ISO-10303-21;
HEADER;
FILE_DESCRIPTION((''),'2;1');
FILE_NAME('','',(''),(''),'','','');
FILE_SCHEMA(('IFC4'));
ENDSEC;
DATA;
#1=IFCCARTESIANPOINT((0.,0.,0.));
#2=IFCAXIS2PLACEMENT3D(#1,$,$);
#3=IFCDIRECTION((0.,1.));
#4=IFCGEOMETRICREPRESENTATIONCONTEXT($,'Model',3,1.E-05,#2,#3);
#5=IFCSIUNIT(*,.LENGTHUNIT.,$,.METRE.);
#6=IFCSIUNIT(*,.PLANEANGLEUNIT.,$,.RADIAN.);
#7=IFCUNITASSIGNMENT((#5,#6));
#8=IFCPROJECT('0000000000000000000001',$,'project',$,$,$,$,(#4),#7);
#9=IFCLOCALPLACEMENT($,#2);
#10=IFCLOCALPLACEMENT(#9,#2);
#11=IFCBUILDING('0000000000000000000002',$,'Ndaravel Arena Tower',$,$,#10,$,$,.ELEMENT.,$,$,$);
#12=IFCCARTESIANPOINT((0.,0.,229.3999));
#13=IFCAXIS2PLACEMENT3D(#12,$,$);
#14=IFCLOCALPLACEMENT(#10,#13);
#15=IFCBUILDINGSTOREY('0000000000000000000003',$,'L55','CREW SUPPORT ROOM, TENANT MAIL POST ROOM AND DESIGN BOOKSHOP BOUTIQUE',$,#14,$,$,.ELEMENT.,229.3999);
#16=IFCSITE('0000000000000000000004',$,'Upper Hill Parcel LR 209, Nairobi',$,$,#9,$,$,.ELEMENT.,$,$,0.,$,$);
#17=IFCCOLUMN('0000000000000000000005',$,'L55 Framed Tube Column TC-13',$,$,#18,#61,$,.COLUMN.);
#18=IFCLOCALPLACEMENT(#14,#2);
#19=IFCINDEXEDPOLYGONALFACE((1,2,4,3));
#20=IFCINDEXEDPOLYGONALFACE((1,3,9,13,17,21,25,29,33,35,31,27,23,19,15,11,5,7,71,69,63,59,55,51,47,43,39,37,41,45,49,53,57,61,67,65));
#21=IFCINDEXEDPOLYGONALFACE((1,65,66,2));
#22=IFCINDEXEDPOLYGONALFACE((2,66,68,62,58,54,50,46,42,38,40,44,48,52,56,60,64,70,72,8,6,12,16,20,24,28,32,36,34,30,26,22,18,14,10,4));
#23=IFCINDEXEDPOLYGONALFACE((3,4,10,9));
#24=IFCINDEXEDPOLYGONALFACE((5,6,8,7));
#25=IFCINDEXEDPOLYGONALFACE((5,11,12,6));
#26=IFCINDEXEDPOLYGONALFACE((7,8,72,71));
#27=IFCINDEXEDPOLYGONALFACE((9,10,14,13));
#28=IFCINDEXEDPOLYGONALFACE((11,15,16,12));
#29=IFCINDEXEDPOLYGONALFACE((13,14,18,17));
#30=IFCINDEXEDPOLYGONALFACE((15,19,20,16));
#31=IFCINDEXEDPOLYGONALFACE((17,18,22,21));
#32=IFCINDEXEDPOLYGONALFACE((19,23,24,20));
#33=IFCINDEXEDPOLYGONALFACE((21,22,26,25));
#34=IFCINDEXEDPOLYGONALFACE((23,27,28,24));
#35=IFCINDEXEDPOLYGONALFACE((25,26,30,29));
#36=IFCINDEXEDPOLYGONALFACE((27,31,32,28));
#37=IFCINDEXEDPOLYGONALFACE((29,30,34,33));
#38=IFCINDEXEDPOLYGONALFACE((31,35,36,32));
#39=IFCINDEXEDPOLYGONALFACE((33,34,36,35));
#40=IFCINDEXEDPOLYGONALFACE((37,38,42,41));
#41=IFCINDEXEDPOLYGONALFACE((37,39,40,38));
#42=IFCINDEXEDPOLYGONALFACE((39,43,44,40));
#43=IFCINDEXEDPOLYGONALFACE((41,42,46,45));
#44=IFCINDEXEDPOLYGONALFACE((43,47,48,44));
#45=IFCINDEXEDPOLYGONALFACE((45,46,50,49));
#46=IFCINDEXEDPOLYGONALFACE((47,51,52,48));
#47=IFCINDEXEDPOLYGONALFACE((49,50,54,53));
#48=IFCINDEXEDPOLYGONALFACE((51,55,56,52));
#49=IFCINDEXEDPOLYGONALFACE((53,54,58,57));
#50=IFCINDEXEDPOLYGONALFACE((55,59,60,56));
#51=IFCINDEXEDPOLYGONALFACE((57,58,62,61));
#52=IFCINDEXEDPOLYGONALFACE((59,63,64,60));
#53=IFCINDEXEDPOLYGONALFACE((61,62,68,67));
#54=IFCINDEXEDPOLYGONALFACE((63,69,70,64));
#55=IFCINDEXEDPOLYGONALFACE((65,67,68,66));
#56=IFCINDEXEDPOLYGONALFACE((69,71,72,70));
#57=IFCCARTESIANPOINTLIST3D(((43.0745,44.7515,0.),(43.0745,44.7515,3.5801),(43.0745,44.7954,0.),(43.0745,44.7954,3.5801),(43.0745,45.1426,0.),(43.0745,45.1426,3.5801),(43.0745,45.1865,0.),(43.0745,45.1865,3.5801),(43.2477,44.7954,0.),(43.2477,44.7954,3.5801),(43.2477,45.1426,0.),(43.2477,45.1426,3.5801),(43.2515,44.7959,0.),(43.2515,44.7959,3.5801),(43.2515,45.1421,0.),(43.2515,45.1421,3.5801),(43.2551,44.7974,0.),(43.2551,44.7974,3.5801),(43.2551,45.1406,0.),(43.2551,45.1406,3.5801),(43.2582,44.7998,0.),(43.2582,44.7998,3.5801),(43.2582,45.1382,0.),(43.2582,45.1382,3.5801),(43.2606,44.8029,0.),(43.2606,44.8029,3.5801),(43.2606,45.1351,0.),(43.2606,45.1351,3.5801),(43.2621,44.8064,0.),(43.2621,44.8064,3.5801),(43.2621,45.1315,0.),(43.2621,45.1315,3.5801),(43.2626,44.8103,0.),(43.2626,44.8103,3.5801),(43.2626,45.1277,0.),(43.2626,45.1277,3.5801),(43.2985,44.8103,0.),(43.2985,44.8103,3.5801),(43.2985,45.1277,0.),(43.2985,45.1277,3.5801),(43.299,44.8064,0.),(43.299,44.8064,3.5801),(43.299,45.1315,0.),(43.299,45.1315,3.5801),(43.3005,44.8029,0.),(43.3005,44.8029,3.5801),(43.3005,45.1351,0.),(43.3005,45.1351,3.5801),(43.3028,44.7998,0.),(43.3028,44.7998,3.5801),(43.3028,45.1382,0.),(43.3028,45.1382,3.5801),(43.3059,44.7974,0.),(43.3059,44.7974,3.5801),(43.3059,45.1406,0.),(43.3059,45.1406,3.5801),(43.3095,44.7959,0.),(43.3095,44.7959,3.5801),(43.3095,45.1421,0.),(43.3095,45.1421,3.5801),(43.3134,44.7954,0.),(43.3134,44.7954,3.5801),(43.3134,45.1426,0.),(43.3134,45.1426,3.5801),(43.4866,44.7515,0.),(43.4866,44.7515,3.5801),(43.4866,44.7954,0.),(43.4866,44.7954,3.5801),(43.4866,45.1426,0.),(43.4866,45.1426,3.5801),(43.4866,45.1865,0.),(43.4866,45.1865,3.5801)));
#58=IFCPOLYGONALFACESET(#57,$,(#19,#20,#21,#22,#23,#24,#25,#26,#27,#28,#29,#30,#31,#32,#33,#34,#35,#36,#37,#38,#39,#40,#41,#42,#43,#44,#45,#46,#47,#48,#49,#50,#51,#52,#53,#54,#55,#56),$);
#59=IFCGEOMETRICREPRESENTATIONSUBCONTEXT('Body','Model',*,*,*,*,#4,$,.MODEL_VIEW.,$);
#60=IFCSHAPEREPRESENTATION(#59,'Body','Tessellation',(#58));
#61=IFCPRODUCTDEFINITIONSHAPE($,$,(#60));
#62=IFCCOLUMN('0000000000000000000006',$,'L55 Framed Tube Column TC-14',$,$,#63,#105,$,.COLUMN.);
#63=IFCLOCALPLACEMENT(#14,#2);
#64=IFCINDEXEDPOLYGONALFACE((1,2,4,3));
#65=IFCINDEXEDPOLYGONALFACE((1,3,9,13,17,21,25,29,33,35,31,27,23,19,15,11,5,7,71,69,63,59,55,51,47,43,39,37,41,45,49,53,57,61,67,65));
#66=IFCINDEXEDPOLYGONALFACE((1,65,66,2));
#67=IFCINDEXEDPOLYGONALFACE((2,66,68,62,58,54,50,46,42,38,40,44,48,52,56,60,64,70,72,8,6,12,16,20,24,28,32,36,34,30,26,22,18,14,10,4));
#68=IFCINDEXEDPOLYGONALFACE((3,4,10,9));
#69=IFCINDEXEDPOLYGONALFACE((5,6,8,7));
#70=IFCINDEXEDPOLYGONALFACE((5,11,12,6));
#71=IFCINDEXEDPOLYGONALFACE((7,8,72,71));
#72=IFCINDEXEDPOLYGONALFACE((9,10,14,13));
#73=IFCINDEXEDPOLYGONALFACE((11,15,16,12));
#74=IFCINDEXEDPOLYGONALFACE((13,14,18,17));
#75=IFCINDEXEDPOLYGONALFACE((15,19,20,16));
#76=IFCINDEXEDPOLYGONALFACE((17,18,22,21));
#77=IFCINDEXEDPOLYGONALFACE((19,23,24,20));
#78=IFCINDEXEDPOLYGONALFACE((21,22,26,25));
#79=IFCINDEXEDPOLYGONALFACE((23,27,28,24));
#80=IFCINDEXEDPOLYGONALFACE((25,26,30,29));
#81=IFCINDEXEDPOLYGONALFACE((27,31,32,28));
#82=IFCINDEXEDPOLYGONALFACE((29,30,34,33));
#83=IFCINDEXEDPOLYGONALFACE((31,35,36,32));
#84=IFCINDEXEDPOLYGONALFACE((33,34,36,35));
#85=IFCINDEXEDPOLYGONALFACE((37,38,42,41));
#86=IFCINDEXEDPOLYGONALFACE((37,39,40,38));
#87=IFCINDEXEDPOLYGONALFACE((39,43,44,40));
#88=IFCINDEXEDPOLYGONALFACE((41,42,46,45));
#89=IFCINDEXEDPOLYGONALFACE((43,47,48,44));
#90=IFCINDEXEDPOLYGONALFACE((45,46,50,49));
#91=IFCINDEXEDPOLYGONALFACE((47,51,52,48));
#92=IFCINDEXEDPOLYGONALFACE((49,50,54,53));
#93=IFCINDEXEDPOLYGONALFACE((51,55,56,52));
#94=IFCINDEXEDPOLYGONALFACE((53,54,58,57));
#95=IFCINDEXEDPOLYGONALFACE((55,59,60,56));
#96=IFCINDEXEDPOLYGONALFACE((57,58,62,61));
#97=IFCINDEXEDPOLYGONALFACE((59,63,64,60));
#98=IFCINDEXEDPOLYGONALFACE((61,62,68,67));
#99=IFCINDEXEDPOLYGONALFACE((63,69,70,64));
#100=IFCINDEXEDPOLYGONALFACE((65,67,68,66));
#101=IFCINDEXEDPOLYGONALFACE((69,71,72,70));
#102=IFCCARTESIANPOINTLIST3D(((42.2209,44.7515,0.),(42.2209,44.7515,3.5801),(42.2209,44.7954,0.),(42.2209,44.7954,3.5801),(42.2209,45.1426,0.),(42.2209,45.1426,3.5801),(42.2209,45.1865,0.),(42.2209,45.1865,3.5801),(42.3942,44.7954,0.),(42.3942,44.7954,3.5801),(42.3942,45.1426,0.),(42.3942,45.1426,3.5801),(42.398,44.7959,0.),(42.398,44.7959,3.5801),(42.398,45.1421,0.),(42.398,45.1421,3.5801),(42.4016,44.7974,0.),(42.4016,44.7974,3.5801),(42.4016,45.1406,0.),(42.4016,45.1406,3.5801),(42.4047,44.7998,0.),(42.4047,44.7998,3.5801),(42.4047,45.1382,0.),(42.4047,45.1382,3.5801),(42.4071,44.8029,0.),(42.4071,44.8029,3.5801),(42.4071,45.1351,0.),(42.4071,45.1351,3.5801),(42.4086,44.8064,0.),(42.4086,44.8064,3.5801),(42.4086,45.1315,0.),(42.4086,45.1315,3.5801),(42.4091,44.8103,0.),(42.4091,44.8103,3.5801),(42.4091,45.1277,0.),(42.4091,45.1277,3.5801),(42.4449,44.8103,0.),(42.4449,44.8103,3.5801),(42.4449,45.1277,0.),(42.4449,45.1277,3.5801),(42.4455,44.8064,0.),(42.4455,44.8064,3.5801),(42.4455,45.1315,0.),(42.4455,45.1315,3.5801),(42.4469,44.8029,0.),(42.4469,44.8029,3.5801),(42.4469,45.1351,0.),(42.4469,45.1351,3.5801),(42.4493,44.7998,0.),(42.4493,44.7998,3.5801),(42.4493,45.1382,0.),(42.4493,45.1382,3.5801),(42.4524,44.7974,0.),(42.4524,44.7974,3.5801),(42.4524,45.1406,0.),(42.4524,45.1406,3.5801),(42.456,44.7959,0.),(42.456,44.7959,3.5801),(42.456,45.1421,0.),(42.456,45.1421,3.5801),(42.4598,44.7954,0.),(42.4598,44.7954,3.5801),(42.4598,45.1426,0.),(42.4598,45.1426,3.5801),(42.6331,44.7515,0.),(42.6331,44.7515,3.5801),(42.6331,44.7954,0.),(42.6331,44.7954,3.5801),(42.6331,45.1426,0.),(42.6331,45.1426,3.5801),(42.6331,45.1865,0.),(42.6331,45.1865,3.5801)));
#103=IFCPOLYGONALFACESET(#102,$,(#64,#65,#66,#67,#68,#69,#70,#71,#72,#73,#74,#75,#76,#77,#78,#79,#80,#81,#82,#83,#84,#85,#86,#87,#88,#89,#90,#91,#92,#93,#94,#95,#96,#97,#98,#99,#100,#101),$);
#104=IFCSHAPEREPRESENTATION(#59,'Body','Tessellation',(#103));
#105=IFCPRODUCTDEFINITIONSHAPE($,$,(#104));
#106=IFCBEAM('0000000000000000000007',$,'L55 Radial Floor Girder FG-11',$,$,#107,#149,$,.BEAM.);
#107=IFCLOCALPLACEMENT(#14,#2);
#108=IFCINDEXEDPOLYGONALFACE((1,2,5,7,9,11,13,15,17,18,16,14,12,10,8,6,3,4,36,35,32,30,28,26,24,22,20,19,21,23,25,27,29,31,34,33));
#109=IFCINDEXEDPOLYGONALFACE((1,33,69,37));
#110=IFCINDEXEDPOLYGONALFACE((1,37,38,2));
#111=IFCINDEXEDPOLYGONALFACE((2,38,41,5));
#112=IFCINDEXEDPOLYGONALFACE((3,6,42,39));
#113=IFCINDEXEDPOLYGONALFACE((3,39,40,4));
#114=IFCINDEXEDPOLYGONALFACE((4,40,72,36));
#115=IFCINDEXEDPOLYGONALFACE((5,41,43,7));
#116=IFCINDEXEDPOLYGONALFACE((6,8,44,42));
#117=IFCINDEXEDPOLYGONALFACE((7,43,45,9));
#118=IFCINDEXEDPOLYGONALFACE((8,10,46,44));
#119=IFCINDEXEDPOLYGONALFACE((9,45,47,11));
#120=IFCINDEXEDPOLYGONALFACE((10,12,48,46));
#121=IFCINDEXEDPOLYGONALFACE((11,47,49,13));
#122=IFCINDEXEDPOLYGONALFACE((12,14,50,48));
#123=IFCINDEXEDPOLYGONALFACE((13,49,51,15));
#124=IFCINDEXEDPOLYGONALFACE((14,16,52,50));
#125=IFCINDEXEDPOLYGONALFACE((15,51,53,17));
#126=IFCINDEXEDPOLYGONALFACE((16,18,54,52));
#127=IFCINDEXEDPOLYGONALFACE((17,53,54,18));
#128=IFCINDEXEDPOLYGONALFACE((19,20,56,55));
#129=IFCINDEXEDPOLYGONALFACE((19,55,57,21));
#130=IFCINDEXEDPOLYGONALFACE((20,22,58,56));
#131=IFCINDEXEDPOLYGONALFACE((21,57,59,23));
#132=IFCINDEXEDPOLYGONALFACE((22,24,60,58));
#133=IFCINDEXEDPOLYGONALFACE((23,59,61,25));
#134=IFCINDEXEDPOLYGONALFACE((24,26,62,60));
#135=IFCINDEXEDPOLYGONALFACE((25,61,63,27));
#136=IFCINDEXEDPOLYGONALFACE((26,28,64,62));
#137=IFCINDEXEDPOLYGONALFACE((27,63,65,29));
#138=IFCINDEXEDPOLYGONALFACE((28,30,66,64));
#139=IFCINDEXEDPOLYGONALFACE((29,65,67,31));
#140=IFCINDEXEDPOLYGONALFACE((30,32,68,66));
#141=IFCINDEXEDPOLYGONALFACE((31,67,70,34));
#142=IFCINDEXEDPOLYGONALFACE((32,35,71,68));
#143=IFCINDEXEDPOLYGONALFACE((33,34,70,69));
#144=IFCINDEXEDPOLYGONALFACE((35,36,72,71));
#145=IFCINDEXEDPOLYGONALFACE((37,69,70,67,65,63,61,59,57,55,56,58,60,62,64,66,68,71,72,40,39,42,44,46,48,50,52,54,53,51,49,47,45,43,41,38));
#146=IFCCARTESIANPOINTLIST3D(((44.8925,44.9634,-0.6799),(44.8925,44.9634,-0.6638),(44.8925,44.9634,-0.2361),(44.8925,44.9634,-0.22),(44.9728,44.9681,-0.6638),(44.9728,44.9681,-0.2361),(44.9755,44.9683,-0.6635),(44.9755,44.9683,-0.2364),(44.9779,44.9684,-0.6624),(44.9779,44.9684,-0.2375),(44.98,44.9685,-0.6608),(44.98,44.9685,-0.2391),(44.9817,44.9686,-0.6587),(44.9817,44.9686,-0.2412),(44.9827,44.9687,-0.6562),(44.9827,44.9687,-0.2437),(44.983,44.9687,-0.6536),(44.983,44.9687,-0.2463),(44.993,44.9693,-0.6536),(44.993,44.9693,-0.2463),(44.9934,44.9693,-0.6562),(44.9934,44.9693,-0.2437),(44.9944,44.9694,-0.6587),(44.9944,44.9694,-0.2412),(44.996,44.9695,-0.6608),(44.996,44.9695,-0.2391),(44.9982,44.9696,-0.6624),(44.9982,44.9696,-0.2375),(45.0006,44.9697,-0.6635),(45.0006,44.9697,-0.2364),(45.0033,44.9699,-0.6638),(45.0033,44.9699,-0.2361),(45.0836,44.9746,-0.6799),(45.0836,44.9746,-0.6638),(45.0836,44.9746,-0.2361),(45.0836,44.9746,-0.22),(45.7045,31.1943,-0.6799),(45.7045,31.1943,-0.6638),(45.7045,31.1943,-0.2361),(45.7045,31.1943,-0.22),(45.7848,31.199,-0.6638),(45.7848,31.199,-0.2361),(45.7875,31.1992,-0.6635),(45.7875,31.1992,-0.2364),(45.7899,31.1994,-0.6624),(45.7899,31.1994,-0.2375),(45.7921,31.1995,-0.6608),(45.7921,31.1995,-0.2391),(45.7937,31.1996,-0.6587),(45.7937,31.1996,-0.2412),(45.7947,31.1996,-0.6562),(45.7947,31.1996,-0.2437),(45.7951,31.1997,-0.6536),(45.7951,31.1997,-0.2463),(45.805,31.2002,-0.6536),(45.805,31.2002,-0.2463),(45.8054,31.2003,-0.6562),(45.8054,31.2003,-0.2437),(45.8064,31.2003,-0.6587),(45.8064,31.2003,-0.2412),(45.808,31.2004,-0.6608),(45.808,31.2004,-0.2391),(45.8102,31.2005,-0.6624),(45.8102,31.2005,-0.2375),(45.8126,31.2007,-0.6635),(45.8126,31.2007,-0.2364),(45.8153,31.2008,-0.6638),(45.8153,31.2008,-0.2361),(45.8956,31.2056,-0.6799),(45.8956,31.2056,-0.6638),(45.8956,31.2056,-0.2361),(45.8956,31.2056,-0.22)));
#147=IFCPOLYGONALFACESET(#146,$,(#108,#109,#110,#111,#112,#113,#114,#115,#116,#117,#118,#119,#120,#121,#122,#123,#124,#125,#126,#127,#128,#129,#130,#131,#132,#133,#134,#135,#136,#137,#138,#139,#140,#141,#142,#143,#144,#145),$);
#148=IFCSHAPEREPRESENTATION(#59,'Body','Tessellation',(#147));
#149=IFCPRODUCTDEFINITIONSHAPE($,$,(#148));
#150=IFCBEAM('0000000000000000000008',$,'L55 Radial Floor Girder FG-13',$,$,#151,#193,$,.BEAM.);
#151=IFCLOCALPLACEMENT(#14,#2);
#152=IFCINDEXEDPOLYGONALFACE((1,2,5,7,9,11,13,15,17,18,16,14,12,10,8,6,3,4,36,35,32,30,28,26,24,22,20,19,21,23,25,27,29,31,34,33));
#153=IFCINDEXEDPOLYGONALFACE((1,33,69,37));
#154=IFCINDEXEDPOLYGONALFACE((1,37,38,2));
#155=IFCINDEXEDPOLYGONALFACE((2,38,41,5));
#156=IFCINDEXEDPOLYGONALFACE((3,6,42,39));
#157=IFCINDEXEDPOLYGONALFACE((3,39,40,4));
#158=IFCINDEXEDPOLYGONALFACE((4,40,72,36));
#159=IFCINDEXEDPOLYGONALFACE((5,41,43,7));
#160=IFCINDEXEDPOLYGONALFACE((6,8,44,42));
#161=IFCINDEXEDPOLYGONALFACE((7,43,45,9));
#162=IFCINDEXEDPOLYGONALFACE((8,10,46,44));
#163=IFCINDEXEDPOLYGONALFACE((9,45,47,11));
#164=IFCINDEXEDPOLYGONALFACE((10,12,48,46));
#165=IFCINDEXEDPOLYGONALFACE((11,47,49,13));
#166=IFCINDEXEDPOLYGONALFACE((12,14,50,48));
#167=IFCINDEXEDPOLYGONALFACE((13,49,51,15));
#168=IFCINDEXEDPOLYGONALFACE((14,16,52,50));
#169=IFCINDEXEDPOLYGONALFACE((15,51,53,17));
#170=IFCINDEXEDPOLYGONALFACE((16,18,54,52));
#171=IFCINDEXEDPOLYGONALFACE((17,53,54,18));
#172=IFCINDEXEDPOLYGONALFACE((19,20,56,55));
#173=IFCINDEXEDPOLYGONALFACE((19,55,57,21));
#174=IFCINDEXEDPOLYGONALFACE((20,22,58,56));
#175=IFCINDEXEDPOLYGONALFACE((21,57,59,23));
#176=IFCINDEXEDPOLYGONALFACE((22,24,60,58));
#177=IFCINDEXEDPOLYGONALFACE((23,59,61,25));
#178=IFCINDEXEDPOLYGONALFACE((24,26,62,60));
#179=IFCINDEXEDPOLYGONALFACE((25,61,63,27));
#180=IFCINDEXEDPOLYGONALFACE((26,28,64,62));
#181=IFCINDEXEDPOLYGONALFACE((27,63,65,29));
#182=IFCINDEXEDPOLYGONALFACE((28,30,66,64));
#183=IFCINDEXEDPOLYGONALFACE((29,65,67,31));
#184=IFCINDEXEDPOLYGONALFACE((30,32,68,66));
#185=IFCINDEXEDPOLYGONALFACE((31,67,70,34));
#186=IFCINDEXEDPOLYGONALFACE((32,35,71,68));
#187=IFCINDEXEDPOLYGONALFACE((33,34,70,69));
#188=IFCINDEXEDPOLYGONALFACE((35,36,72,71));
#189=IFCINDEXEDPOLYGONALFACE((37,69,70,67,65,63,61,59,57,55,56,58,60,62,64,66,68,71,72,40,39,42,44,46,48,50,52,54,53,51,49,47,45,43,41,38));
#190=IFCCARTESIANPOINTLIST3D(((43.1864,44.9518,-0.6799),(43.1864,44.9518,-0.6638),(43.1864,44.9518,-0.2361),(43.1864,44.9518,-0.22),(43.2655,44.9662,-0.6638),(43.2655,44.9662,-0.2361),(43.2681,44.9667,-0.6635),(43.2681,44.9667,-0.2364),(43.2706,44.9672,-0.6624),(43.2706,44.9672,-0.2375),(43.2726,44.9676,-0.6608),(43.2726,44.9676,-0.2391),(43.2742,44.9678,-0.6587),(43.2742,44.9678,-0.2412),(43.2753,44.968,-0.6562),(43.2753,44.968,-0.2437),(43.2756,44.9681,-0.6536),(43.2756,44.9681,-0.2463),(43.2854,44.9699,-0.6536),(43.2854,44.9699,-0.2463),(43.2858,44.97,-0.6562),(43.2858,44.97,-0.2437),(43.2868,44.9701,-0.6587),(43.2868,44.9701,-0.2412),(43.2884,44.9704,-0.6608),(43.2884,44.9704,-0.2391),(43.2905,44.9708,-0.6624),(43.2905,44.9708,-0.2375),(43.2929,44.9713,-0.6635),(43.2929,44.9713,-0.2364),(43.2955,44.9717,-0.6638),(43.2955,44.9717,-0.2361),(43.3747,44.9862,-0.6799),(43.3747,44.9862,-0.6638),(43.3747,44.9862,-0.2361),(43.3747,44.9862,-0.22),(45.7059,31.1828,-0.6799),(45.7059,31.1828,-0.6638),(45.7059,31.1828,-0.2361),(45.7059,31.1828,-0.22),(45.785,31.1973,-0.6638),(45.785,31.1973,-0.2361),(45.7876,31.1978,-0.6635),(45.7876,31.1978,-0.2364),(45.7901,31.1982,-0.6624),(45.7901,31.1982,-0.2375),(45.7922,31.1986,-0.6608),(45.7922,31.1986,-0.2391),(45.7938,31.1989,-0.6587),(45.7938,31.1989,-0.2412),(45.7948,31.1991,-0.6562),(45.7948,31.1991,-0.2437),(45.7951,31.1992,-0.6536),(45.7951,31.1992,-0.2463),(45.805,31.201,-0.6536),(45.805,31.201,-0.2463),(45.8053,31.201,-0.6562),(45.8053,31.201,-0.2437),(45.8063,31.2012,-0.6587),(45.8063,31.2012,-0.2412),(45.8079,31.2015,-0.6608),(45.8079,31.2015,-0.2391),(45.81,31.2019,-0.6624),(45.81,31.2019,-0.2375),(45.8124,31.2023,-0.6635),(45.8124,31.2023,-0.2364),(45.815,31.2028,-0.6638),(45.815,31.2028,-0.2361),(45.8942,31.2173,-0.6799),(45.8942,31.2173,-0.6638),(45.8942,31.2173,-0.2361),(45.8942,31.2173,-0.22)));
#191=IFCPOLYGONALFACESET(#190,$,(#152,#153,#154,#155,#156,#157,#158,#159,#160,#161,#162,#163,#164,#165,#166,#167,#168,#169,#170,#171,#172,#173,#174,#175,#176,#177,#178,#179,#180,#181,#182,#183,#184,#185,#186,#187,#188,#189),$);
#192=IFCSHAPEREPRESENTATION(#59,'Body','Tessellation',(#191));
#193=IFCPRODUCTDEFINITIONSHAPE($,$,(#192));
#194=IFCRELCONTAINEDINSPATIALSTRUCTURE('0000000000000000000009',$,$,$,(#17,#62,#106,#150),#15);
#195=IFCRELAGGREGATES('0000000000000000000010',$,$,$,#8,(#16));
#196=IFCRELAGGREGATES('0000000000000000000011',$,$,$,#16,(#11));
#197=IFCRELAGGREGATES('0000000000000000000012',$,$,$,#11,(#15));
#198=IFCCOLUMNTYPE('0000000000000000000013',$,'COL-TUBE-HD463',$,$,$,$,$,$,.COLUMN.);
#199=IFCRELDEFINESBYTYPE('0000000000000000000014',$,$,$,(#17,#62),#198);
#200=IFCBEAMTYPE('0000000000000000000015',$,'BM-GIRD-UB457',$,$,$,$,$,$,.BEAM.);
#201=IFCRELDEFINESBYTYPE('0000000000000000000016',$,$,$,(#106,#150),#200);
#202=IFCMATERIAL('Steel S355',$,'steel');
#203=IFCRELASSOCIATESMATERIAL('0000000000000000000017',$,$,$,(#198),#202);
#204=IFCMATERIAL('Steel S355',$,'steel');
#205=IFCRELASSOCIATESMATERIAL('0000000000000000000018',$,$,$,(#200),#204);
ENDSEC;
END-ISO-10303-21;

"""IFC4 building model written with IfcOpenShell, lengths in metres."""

from ifc_helpers import new_model, si_unit, direction, frame, origin, origin_2d, place, context, subcontext, project, spatial, i_section, extrude, material, material_profile, profile_set, type_object, element, save


model = new_model("IFC4")

# Units and contexts
model_context = context("Model", 3, precision=1e-05, world=origin(), true_north=direction((0.0, 1.0)))
body_context = subcontext(model_context, "Body", "Model", "MODEL_VIEW")
ifc_project = project(units=[si_unit("LENGTHUNIT", "METRE"), si_unit("PLANEANGLEUNIT", "RADIAN")], contexts=[model_context])

# Site, building, storey
site_placement = place(None, origin())
site = spatial("IfcSite", under=ifc_project, at=site_placement, Name="Upper Hill Parcel LR 209, Nairobi", CompositionType="ELEMENT", RefElevation=0.0)
building_placement = place(site_placement, origin())
building = spatial("IfcBuilding", under=site, at=building_placement, Name="Ndaravel Arena Tower", CompositionType="ELEMENT")
storey_placement = place(building_placement, frame((0.0, 0.0, 229.3999)))
storey = spatial("IfcBuildingStorey", under=building, at=storey_placement, Name="L55", Description="CREW SUPPORT ROOM, TENANT MAIL POST ROOM AND DESIGN BOOKSHOP BOUTIQUE", CompositionType="ELEMENT", Elevation=229.3999)

# Columns
ifc_material_1 = material(Name="Steel S355", Category="steel")
ifc_material_profile_1 = material_profile(ifc_material_1, i_section(OverallWidth=0.4121, OverallDepth=0.4351, WebThickness=0.0359, FlangeThickness=0.0439, FilletRadius=0.0149, at=origin_2d()), Name="HD 400x463")
ifc_profile_set_1 = profile_set([ifc_material_profile_1], Name="Steel S355")
column_type_1 = type_object("IfcColumnType", Name="COL-TUBE-HD463", PredefinedType="COLUMN", material=ifc_profile_set_1)
for number, where, z_axis, x_axis, name in (
    (1, (43.2805, 44.969, 0.0), (0.0, 0.0, 1.0), (1.0, 0.0, 0.0), "L55 Framed Tube Column TC-13"),
    (2, (42.427, 44.969, 0.0), (0.0, 0.0, 1.0), (1.0, 0.0, 0.0), "L55 Framed Tube Column TC-14"),
):
    element("IfcColumn", number, at=place(storey_placement, frame(where, z_axis=z_axis, x_axis=x_axis)), inside=storey, type_object=column_type_1, Name=name, PredefinedType="COLUMN", context=body_context, shape_type="SweptSolid", body=[
        extrude(i_section(OverallWidth=0.4121, OverallDepth=0.4351, WebThickness=0.0359, FlangeThickness=0.0439, FilletRadius=0.0149, at=origin_2d()), origin(), (0.0, 0.0, 1.0), 3.5801),
    ])

# Beams
ifc_material_2 = material(Name="Steel S355", Category="steel")
ifc_material_profile_2 = material_profile(ifc_material_2, i_section(OverallWidth=0.1914, OverallDepth=0.46, WebThickness=0.01, FlangeThickness=0.0161, FilletRadius=0.0103, at=origin_2d()), Name="UB 457x191x82")
ifc_profile_set_2 = profile_set([ifc_material_profile_2], Name="Steel S355")
beam_type_1 = type_object("IfcBeamType", Name="BM-GIRD-UB457", PredefinedType="BEAM", material=ifc_profile_set_2)
beam_1_placement = place(storey_placement, frame((44.988, 44.969, -0.45), z_axis=(0.058871, -0.998266, 0.0), x_axis=(0.998266, 0.058871, 0.0)))
element("IfcBeam", 3, at=beam_1_placement, inside=storey, type_object=beam_type_1, Name="L55 Radial Floor Girder FG-11", PredefinedType="BEAM", context=body_context, shape_type="SweptSolid", body=[
    extrude(i_section(OverallWidth=0.1914, OverallDepth=0.46, WebThickness=0.01, FlangeThickness=0.0161, FilletRadius=0.0103, at=origin_2d()), origin(), (0.0, 0.0, 1.0), 13.793),
])
beam_2_placement = place(storey_placement, frame((43.2805, 44.969, -0.45), z_axis=(0.179997, -0.983667, 0.0), x_axis=(0.983667, 0.179997, 0.0)))
element("IfcBeam", 4, at=beam_2_placement, inside=storey, type_object=beam_type_1, Name="L55 Radial Floor Girder FG-13", PredefinedType="BEAM", context=body_context, shape_type="SweptSolid", body=[
    extrude(i_section(OverallWidth=0.1914, OverallDepth=0.46, WebThickness=0.01, FlangeThickness=0.0161, FilletRadius=0.0103, at=origin_2d()), origin(), (0.0, 0.0, 1.0), 13.9976),
])

save(model, "model.ifc")
